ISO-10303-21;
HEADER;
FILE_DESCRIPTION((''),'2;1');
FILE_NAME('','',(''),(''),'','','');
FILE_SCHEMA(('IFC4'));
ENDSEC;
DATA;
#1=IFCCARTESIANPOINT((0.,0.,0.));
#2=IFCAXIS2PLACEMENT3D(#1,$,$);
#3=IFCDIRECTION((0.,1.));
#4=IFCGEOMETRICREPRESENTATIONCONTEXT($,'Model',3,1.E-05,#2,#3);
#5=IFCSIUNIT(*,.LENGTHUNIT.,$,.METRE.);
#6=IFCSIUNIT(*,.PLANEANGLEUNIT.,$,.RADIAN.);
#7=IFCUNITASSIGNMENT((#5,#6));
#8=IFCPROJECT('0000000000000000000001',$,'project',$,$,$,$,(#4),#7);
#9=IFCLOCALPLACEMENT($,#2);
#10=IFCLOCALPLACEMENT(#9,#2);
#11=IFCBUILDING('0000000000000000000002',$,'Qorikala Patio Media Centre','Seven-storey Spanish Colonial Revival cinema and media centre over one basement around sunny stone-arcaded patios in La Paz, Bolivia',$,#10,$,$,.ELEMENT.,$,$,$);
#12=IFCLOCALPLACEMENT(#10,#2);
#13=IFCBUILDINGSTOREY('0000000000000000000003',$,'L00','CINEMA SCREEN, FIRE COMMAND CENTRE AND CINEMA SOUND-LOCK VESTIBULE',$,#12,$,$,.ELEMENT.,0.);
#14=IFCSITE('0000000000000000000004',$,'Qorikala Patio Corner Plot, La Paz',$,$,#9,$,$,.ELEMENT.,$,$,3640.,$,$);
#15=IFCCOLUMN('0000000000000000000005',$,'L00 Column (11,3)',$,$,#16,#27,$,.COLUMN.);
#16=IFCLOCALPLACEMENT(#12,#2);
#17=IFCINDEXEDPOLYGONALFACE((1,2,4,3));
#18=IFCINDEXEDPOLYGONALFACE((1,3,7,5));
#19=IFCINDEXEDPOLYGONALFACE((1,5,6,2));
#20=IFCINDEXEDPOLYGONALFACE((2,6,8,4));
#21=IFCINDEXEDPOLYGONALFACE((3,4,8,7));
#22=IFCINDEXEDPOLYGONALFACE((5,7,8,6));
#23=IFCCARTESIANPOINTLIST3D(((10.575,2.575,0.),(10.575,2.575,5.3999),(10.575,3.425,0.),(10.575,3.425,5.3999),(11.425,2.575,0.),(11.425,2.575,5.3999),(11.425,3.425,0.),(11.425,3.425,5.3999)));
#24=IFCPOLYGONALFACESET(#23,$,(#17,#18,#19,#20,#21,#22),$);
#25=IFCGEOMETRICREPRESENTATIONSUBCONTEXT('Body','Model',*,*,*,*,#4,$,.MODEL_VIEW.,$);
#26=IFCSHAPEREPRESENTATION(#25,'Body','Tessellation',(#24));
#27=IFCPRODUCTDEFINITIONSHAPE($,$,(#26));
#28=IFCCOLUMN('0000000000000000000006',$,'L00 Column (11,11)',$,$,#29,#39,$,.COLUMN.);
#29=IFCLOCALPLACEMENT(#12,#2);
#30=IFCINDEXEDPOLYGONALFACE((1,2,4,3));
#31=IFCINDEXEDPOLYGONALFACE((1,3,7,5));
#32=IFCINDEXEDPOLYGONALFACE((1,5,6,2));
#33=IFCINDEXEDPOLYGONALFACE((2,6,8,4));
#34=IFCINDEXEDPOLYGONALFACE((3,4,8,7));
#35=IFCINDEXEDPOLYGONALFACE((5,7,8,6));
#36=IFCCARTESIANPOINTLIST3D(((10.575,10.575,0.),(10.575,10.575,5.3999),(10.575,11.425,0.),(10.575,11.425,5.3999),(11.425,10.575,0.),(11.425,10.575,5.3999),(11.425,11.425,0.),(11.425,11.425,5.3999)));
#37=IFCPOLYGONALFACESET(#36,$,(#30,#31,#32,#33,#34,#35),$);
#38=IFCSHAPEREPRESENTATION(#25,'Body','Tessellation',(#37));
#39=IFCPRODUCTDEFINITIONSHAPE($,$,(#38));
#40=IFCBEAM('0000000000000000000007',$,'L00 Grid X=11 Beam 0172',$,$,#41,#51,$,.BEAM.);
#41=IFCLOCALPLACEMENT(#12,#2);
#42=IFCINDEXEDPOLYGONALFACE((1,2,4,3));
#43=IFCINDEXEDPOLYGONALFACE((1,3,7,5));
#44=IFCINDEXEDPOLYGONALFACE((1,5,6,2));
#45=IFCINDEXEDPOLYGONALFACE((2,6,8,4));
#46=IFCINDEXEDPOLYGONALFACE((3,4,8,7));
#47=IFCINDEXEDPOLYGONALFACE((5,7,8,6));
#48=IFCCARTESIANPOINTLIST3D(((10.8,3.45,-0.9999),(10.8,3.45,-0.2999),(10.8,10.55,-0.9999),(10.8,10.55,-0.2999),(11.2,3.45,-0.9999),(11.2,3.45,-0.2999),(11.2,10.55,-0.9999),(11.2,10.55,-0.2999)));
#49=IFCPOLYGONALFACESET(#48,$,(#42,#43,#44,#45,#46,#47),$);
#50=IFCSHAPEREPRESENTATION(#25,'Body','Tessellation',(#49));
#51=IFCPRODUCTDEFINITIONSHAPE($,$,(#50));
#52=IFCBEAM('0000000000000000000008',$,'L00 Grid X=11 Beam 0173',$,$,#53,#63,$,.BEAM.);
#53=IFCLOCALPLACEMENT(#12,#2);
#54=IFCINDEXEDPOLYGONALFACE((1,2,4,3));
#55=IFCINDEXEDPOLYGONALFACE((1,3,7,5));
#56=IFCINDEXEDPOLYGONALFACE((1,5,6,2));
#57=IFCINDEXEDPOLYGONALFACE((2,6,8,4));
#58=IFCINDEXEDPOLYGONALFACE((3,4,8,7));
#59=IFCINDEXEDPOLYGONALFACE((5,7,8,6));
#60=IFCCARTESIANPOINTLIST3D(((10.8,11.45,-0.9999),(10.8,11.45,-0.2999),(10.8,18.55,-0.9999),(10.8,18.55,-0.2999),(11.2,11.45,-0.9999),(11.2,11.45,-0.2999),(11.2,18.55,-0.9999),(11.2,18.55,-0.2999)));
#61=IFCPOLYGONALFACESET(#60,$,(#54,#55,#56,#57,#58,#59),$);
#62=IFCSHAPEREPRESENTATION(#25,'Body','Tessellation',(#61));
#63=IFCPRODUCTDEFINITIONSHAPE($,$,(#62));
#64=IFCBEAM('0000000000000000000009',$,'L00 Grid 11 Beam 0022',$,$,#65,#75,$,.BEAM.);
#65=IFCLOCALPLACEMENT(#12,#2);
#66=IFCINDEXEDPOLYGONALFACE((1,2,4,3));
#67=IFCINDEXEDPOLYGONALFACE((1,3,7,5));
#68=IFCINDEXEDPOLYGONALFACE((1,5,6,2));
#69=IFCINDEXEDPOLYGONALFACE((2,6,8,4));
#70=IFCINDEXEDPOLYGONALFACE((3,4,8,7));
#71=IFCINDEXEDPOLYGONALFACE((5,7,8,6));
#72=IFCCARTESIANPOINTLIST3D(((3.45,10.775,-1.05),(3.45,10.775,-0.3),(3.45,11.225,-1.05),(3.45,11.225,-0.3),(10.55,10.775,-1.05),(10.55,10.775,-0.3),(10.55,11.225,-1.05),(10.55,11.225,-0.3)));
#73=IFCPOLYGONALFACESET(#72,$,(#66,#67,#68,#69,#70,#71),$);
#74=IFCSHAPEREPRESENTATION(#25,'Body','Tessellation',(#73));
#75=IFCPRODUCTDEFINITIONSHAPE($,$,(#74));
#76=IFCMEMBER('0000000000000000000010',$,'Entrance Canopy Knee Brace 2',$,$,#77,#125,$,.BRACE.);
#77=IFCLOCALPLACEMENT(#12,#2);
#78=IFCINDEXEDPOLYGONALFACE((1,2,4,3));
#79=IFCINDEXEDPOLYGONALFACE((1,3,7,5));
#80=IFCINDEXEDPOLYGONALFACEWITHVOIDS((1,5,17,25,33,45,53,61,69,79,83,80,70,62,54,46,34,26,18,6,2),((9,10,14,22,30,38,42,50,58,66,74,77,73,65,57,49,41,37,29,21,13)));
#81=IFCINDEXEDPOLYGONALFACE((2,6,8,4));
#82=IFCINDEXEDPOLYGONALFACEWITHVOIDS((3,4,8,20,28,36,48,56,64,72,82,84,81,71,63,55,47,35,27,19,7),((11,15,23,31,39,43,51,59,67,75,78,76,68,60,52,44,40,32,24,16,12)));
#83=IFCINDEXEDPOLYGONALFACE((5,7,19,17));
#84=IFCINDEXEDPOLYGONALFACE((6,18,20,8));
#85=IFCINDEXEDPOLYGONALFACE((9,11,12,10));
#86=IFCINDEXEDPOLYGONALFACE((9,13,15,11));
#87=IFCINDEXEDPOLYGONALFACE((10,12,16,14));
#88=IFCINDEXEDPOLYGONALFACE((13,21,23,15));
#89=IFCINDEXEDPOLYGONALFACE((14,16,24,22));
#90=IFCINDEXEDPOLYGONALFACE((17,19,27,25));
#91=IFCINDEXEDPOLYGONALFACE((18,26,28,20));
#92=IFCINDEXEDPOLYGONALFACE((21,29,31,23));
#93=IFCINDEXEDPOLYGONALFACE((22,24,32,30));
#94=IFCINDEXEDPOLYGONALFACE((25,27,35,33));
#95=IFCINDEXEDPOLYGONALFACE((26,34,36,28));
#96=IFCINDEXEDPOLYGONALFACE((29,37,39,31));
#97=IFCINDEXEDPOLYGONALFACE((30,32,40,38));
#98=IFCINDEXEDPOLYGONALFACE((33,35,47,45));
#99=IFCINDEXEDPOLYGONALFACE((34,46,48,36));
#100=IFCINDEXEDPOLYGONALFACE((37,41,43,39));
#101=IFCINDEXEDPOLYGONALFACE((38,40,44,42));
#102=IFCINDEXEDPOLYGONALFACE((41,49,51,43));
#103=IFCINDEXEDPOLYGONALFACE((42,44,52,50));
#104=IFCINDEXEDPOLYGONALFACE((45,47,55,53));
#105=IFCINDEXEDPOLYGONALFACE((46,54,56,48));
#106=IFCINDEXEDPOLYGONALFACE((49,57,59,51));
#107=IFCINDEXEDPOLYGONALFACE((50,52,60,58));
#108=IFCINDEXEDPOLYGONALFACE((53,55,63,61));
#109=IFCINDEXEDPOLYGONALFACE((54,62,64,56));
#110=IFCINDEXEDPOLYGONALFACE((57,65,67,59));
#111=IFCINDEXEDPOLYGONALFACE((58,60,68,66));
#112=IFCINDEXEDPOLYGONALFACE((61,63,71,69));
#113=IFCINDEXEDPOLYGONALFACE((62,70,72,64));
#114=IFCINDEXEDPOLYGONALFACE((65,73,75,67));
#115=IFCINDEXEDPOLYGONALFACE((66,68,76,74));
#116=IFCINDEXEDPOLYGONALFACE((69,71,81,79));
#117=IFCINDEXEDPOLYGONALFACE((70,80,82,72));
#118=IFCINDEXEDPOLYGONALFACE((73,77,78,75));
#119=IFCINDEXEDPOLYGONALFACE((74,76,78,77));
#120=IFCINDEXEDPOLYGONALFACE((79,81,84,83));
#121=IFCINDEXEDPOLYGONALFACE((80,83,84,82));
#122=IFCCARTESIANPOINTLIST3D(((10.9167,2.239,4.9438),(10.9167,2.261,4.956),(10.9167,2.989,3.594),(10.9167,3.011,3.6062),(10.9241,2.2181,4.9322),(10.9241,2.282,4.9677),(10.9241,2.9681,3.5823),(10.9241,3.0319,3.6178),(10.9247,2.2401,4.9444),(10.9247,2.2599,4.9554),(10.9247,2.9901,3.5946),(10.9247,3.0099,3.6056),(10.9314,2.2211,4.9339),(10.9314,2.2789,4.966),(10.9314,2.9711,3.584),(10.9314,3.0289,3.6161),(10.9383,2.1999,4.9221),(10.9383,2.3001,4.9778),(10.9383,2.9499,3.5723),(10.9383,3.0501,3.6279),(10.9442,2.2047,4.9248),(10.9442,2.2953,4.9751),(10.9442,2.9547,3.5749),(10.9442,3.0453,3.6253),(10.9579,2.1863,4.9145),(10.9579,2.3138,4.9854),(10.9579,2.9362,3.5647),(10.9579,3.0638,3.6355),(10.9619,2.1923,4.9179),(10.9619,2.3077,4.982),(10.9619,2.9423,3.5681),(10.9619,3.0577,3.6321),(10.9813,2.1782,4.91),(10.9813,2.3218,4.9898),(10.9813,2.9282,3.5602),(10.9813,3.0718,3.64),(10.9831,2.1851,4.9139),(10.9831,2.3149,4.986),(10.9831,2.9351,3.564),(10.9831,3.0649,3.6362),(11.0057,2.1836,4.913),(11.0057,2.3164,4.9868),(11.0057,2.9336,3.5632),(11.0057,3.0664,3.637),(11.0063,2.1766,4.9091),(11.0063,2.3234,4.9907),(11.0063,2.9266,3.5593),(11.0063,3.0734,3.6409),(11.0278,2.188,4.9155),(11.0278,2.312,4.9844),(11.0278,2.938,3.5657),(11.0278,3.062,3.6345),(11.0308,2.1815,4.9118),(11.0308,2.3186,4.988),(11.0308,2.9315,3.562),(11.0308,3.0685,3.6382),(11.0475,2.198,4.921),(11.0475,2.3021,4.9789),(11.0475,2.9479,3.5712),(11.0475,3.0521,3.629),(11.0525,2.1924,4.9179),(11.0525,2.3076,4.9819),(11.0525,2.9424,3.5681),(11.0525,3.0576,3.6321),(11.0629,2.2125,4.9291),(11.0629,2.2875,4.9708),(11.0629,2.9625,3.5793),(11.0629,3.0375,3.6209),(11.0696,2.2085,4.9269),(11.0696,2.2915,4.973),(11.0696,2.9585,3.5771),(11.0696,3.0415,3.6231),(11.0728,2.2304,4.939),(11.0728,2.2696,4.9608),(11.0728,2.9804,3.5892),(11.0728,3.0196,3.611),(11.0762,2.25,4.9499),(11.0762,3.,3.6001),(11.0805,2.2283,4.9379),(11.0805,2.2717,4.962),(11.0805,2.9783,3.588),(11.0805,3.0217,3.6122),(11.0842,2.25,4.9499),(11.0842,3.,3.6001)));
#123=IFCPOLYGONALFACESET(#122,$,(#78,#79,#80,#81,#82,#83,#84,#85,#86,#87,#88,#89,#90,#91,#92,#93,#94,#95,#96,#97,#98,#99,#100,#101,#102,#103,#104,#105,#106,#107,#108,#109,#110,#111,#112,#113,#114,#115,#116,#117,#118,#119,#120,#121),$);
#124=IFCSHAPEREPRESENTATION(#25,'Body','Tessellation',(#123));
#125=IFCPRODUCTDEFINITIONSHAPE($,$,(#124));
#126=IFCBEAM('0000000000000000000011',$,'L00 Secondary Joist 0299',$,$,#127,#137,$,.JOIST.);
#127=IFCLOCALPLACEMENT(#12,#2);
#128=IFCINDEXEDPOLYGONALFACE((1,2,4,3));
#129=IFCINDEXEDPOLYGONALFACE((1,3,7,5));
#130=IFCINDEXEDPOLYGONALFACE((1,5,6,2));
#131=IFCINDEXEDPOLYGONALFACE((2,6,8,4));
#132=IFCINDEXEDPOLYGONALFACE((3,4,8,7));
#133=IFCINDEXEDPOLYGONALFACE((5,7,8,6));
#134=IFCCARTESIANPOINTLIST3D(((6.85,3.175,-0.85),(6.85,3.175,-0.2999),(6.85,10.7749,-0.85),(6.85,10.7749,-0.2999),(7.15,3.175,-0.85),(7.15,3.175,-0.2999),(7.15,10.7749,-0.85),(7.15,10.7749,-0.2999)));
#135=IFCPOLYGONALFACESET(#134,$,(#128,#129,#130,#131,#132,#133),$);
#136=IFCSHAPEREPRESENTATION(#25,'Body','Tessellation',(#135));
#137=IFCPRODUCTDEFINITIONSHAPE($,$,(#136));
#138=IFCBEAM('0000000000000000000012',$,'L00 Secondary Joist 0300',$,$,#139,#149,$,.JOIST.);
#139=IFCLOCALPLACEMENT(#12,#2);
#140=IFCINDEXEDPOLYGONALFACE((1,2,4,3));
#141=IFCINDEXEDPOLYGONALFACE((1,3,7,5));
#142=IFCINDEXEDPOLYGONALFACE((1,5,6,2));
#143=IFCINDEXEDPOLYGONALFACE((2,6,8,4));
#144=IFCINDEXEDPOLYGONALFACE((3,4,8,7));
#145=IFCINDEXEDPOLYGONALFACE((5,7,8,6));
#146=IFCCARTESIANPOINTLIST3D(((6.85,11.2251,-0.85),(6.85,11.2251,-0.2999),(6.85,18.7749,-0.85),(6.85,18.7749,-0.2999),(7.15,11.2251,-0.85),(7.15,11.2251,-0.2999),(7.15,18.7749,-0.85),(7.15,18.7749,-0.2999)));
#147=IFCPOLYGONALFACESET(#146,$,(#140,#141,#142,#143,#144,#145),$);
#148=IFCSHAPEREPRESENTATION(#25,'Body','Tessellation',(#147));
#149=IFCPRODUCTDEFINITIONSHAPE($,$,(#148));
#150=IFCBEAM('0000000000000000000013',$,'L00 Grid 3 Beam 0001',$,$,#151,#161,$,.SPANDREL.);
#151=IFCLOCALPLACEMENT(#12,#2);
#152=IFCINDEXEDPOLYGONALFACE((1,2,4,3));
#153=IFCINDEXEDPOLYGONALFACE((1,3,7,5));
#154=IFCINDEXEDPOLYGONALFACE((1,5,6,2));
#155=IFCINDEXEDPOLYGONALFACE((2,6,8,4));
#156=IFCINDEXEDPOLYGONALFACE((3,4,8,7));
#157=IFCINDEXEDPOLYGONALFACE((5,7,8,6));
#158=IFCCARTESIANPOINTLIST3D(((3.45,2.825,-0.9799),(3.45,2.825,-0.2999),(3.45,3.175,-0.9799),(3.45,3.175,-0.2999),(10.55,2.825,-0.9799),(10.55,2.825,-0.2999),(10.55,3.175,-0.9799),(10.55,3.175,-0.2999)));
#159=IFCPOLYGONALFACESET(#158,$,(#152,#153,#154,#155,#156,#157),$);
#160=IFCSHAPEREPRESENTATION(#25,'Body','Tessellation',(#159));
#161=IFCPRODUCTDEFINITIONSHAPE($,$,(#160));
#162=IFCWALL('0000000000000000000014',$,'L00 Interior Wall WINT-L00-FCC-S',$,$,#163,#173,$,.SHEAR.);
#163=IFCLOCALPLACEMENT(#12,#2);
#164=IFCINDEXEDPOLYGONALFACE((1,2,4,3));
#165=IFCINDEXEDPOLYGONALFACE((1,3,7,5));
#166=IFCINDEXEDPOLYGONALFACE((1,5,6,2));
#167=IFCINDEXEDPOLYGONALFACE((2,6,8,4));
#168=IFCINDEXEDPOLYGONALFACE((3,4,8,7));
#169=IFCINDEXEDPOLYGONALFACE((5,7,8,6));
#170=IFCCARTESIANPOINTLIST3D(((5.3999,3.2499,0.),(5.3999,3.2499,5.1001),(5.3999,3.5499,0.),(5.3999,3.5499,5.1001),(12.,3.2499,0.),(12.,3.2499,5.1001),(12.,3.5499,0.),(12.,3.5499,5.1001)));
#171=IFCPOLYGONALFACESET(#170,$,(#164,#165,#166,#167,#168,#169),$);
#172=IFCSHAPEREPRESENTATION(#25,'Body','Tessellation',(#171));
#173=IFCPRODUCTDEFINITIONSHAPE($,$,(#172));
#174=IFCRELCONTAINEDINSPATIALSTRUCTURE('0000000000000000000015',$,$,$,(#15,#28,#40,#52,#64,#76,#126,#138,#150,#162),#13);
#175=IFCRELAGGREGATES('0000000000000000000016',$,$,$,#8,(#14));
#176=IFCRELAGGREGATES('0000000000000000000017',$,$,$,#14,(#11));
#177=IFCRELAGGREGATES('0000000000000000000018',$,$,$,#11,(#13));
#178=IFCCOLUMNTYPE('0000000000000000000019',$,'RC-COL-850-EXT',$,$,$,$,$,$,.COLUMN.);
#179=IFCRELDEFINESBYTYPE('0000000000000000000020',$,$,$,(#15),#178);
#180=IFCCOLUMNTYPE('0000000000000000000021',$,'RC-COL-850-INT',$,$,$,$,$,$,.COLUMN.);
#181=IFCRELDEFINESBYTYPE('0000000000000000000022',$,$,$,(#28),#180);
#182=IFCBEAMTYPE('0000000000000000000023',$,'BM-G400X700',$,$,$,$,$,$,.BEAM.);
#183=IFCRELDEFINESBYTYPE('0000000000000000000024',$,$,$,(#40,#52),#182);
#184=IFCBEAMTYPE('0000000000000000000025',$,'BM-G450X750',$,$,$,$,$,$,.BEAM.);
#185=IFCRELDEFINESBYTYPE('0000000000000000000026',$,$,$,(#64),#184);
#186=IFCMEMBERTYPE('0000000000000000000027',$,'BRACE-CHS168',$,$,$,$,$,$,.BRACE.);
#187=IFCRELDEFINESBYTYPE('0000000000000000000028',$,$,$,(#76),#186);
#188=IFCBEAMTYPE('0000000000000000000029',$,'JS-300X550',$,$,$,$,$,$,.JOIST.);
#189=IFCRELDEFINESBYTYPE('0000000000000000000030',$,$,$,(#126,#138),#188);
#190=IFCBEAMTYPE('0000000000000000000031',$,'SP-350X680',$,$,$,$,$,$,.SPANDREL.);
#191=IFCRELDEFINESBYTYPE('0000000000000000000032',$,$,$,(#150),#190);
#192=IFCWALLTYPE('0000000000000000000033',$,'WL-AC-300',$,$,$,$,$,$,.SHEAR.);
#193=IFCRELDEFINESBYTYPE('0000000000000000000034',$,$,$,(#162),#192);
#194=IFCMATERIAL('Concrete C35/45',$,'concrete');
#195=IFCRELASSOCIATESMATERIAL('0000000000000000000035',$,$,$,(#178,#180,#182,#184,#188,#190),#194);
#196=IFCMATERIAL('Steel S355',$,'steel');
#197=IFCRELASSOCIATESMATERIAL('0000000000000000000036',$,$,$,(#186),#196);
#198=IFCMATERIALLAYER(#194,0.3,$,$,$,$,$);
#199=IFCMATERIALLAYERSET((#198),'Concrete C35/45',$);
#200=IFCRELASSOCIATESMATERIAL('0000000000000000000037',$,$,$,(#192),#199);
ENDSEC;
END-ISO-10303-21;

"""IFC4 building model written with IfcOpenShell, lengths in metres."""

from ifc_helpers import new_model, si_unit, direction, frame, frame_2d, origin, origin_2d, place, context, subcontext, project, spatial, rectangle, hollow_circle, extrude, material, layer, layer_set, material_profile, profile_set, type_object, element, save


model = new_model("IFC4")

# Units and contexts
model_context = context("Model", 3, precision=1e-05, world=origin(), true_north=direction((0.0, 1.0)))
body_context = subcontext(model_context, "Body", "Model", "MODEL_VIEW")
ifc_project = project(units=[si_unit("LENGTHUNIT", "METRE"), si_unit("PLANEANGLEUNIT", "RADIAN")], contexts=[model_context])

# Site, building, storey
site_placement = place(None, origin())
site = spatial("IfcSite", under=ifc_project, at=site_placement, Name="Qorikala Patio Corner Plot, La Paz", CompositionType="ELEMENT", RefElevation=3640.0)
building_placement = place(site_placement, origin())
building = spatial("IfcBuilding", under=site, at=building_placement, Name="Qorikala Patio Media Centre", Description="Seven-storey Spanish Colonial Revival cinema and media centre over one basement around sunny stone-arcaded patios in La Paz, Bolivia", CompositionType="ELEMENT")
storey_placement = place(building_placement, origin())
storey = spatial("IfcBuildingStorey", under=building, at=storey_placement, Name="L00", Description="CINEMA SCREEN, FIRE COMMAND CENTRE AND CINEMA SOUND-LOCK VESTIBULE", CompositionType="ELEMENT", Elevation=0.0)

# Columns
ifc_material_1 = material(Name="Concrete C35/45", Category="concrete")
ifc_material_profile_1 = material_profile(ifc_material_1, rectangle(XDim=0.8501, YDim=0.8501, at=origin_2d()), Name="RC 850x850")
ifc_profile_set_1 = profile_set([ifc_material_profile_1], Name="Concrete C35/45")
column_type_1 = type_object("IfcColumnType", Name="RC-COL-850-EXT", PredefinedType="COLUMN", material=ifc_profile_set_1)
column_1_placement = place(storey_placement, frame((11.0, 3.0, 0.0), z_axis=(0.0, 0.0, 1.0), x_axis=(1.0, 0.0, 0.0)))
element("IfcColumn", 1, at=column_1_placement, inside=storey, type_object=column_type_1, Name="L00 Column (11,3)", PredefinedType="COLUMN", context=body_context, shape_type="SweptSolid", body=[
    extrude(rectangle(XDim=0.8501, YDim=0.8501, at=origin_2d()), origin(), (0.0, 0.0, 1.0), 5.3999),
])
ifc_material_profile_2 = material_profile(ifc_material_1, rectangle(XDim=0.8501, YDim=0.8501, at=origin_2d()), Name="RC 850x850")
ifc_profile_set_2 = profile_set([ifc_material_profile_2], Name="Concrete C35/45")
column_type_2 = type_object("IfcColumnType", Name="RC-COL-850-INT", PredefinedType="COLUMN", material=ifc_profile_set_2)
column_2_placement = place(storey_placement, frame((11.0, 11.0, 0.0), z_axis=(0.0, 0.0, 1.0), x_axis=(1.0, 0.0, 0.0)))
element("IfcColumn", 2, at=column_2_placement, inside=storey, type_object=column_type_2, Name="L00 Column (11,11)", PredefinedType="COLUMN", context=body_context, shape_type="SweptSolid", body=[
    extrude(rectangle(XDim=0.8501, YDim=0.8501, at=origin_2d()), origin(), (0.0, 0.0, 1.0), 5.3999),
])

# Beams
ifc_material_profile_3 = material_profile(ifc_material_1, rectangle(XDim=0.3999, YDim=0.7, at=origin_2d()), Name="RC 400x700")
ifc_profile_set_3 = profile_set([ifc_material_profile_3], Name="Concrete C35/45")
beam_type_1 = type_object("IfcBeamType", Name="BM-G400X700", PredefinedType="BEAM", material=ifc_profile_set_3)
for number, where, z_axis, x_axis, name in (
    (3, (11.0, 3.45, -0.6499), (0.0, 1.0, 0.0), (-1.0, 0.0, 0.0), "L00 Grid X=11 Beam 0172"),
    (4, (11.0, 11.45, -0.6499), (0.0, 1.0, 0.0), (-1.0, 0.0, 0.0), "L00 Grid X=11 Beam 0173"),
):
    element("IfcBeam", number, at=place(storey_placement, frame(where, z_axis=z_axis, x_axis=x_axis)), inside=storey, type_object=beam_type_1, Name=name, PredefinedType="BEAM", context=body_context, shape_type="SweptSolid", body=[
        extrude(rectangle(XDim=0.3999, YDim=0.7, at=origin_2d()), origin(), (0.0, 0.0, 1.0), 7.1001),
    ])
ifc_material_profile_4 = material_profile(ifc_material_1, rectangle(XDim=0.45, YDim=0.75, at=origin_2d()), Name="RC 450x750")
ifc_profile_set_4 = profile_set([ifc_material_profile_4], Name="Concrete C35/45")
beam_type_2 = type_object("IfcBeamType", Name="BM-G450X750", PredefinedType="BEAM", material=ifc_profile_set_4)
beam_1_placement = place(storey_placement, frame((3.45, 11.0, -0.675), z_axis=(1.0, 0.0, 0.0), x_axis=(0.0, 1.0, 0.0)))
element("IfcBeam", 5, at=beam_1_placement, inside=storey, type_object=beam_type_2, Name="L00 Grid 11 Beam 0022", PredefinedType="BEAM", context=body_context, shape_type="SweptSolid", body=[
    extrude(rectangle(XDim=0.45, YDim=0.75, at=origin_2d()), origin(), (0.0, 0.0, 1.0), 7.1001),
])

# Member
ifc_material_2 = material(Name="Steel S355", Category="steel")
ifc_material_profile_5 = material_profile(ifc_material_2, hollow_circle(Radius=0.0842, WallThickness=0.0081, at=origin_2d()), Name="CHS168X8")
ifc_profile_set_5 = profile_set([ifc_material_profile_5], Name="Steel S355")
member_type = type_object("IfcMemberType", Name="BRACE-CHS168", PredefinedType="BRACE", material=ifc_profile_set_5)
member_placement = place(storey_placement, frame((11.0, 3.0, 3.6001), z_axis=(0.0, -0.485683, 0.874135), x_axis=(1.0, 0.0, 0.0)))
element("IfcMember", 6, at=member_placement, inside=storey, type_object=member_type, Name="Entrance Canopy Knee Brace 2", PredefinedType="BRACE", context=body_context, shape_type="SweptSolid", body=[
    extrude(hollow_circle(Radius=0.0842, WallThickness=0.0081, at=origin_2d()), origin(), (0.0, 0.0, 1.0), 1.5442),
])

# Beams
ifc_material_profile_6 = material_profile(ifc_material_1, rectangle(XDim=0.3, YDim=0.55, at=origin_2d()), Name="RC 300x550")
ifc_profile_set_6 = profile_set([ifc_material_profile_6], Name="Concrete C35/45")
beam_type_3 = type_object("IfcBeamType", Name="JS-300X550", PredefinedType="JOIST", material=ifc_profile_set_6)
beam_2_placement = place(storey_placement, frame((7.0, 3.175, -0.575), z_axis=(0.0, 1.0, 0.0), x_axis=(-1.0, 0.0, 0.0)))
element("IfcBeam", 7, at=beam_2_placement, inside=storey, type_object=beam_type_3, Name="L00 Secondary Joist 0299", PredefinedType="JOIST", context=body_context, shape_type="SweptSolid", body=[
    extrude(rectangle(XDim=0.3, YDim=0.55, at=origin_2d()), origin(), (0.0, 0.0, 1.0), 7.5999),
])
beam_3_placement = place(storey_placement, frame((7.0, 11.2251, -0.575), z_axis=(0.0, 1.0, 0.0), x_axis=(-1.0, 0.0, 0.0)))
element("IfcBeam", 8, at=beam_3_placement, inside=storey, type_object=beam_type_3, Name="L00 Secondary Joist 0300", PredefinedType="JOIST", context=body_context, shape_type="SweptSolid", body=[
    extrude(rectangle(XDim=0.3, YDim=0.55, at=origin_2d()), origin(), (0.0, 0.0, 1.0), 7.5498),
])
ifc_material_profile_7 = material_profile(ifc_material_1, rectangle(XDim=0.3501, YDim=0.6799, at=origin_2d()), Name="RC 350x680")
ifc_profile_set_7 = profile_set([ifc_material_profile_7], Name="Concrete C35/45")
beam_type_4 = type_object("IfcBeamType", Name="SP-350X680", PredefinedType="SPANDREL", material=ifc_profile_set_7)
beam_4_placement = place(storey_placement, frame((3.45, 3.0, -0.6399), z_axis=(1.0, 0.0, 0.0), x_axis=(0.0, 1.0, 0.0)))
element("IfcBeam", 9, at=beam_4_placement, inside=storey, type_object=beam_type_4, Name="L00 Grid 3 Beam 0001", PredefinedType="SPANDREL", context=body_context, shape_type="SweptSolid", body=[
    extrude(rectangle(XDim=0.3501, YDim=0.6799, at=origin_2d()), origin(), (0.0, 0.0, 1.0), 7.1001),
])

# Wall
ifc_layer_1 = layer(ifc_material_1, 0.3)
ifc_layer_set_1 = layer_set([ifc_layer_1], Name="Concrete C35/45")
wall_type_1 = type_object("IfcWallType", Name="WL-AC-300", PredefinedType="SHEAR", material=ifc_layer_set_1)
wall_1_placement = place(storey_placement, frame((5.3999, 3.3999, 0.0), z_axis=(0.0, 0.0, 1.0), x_axis=(1.0, 0.0, 0.0)))
element("IfcWall", 10, at=wall_1_placement, inside=storey, type_object=wall_type_1, Name="L00 Interior Wall WINT-L00-FCC-S", PredefinedType="SHEAR", context=body_context, shape_type="SweptSolid", body=[
    extrude(rectangle(XDim=6.6001, YDim=0.3, at=frame_2d((3.3, 0.0))), origin(), (0.0, 0.0, 1.0), 5.1001),
])

save(model, "model.ifc")
